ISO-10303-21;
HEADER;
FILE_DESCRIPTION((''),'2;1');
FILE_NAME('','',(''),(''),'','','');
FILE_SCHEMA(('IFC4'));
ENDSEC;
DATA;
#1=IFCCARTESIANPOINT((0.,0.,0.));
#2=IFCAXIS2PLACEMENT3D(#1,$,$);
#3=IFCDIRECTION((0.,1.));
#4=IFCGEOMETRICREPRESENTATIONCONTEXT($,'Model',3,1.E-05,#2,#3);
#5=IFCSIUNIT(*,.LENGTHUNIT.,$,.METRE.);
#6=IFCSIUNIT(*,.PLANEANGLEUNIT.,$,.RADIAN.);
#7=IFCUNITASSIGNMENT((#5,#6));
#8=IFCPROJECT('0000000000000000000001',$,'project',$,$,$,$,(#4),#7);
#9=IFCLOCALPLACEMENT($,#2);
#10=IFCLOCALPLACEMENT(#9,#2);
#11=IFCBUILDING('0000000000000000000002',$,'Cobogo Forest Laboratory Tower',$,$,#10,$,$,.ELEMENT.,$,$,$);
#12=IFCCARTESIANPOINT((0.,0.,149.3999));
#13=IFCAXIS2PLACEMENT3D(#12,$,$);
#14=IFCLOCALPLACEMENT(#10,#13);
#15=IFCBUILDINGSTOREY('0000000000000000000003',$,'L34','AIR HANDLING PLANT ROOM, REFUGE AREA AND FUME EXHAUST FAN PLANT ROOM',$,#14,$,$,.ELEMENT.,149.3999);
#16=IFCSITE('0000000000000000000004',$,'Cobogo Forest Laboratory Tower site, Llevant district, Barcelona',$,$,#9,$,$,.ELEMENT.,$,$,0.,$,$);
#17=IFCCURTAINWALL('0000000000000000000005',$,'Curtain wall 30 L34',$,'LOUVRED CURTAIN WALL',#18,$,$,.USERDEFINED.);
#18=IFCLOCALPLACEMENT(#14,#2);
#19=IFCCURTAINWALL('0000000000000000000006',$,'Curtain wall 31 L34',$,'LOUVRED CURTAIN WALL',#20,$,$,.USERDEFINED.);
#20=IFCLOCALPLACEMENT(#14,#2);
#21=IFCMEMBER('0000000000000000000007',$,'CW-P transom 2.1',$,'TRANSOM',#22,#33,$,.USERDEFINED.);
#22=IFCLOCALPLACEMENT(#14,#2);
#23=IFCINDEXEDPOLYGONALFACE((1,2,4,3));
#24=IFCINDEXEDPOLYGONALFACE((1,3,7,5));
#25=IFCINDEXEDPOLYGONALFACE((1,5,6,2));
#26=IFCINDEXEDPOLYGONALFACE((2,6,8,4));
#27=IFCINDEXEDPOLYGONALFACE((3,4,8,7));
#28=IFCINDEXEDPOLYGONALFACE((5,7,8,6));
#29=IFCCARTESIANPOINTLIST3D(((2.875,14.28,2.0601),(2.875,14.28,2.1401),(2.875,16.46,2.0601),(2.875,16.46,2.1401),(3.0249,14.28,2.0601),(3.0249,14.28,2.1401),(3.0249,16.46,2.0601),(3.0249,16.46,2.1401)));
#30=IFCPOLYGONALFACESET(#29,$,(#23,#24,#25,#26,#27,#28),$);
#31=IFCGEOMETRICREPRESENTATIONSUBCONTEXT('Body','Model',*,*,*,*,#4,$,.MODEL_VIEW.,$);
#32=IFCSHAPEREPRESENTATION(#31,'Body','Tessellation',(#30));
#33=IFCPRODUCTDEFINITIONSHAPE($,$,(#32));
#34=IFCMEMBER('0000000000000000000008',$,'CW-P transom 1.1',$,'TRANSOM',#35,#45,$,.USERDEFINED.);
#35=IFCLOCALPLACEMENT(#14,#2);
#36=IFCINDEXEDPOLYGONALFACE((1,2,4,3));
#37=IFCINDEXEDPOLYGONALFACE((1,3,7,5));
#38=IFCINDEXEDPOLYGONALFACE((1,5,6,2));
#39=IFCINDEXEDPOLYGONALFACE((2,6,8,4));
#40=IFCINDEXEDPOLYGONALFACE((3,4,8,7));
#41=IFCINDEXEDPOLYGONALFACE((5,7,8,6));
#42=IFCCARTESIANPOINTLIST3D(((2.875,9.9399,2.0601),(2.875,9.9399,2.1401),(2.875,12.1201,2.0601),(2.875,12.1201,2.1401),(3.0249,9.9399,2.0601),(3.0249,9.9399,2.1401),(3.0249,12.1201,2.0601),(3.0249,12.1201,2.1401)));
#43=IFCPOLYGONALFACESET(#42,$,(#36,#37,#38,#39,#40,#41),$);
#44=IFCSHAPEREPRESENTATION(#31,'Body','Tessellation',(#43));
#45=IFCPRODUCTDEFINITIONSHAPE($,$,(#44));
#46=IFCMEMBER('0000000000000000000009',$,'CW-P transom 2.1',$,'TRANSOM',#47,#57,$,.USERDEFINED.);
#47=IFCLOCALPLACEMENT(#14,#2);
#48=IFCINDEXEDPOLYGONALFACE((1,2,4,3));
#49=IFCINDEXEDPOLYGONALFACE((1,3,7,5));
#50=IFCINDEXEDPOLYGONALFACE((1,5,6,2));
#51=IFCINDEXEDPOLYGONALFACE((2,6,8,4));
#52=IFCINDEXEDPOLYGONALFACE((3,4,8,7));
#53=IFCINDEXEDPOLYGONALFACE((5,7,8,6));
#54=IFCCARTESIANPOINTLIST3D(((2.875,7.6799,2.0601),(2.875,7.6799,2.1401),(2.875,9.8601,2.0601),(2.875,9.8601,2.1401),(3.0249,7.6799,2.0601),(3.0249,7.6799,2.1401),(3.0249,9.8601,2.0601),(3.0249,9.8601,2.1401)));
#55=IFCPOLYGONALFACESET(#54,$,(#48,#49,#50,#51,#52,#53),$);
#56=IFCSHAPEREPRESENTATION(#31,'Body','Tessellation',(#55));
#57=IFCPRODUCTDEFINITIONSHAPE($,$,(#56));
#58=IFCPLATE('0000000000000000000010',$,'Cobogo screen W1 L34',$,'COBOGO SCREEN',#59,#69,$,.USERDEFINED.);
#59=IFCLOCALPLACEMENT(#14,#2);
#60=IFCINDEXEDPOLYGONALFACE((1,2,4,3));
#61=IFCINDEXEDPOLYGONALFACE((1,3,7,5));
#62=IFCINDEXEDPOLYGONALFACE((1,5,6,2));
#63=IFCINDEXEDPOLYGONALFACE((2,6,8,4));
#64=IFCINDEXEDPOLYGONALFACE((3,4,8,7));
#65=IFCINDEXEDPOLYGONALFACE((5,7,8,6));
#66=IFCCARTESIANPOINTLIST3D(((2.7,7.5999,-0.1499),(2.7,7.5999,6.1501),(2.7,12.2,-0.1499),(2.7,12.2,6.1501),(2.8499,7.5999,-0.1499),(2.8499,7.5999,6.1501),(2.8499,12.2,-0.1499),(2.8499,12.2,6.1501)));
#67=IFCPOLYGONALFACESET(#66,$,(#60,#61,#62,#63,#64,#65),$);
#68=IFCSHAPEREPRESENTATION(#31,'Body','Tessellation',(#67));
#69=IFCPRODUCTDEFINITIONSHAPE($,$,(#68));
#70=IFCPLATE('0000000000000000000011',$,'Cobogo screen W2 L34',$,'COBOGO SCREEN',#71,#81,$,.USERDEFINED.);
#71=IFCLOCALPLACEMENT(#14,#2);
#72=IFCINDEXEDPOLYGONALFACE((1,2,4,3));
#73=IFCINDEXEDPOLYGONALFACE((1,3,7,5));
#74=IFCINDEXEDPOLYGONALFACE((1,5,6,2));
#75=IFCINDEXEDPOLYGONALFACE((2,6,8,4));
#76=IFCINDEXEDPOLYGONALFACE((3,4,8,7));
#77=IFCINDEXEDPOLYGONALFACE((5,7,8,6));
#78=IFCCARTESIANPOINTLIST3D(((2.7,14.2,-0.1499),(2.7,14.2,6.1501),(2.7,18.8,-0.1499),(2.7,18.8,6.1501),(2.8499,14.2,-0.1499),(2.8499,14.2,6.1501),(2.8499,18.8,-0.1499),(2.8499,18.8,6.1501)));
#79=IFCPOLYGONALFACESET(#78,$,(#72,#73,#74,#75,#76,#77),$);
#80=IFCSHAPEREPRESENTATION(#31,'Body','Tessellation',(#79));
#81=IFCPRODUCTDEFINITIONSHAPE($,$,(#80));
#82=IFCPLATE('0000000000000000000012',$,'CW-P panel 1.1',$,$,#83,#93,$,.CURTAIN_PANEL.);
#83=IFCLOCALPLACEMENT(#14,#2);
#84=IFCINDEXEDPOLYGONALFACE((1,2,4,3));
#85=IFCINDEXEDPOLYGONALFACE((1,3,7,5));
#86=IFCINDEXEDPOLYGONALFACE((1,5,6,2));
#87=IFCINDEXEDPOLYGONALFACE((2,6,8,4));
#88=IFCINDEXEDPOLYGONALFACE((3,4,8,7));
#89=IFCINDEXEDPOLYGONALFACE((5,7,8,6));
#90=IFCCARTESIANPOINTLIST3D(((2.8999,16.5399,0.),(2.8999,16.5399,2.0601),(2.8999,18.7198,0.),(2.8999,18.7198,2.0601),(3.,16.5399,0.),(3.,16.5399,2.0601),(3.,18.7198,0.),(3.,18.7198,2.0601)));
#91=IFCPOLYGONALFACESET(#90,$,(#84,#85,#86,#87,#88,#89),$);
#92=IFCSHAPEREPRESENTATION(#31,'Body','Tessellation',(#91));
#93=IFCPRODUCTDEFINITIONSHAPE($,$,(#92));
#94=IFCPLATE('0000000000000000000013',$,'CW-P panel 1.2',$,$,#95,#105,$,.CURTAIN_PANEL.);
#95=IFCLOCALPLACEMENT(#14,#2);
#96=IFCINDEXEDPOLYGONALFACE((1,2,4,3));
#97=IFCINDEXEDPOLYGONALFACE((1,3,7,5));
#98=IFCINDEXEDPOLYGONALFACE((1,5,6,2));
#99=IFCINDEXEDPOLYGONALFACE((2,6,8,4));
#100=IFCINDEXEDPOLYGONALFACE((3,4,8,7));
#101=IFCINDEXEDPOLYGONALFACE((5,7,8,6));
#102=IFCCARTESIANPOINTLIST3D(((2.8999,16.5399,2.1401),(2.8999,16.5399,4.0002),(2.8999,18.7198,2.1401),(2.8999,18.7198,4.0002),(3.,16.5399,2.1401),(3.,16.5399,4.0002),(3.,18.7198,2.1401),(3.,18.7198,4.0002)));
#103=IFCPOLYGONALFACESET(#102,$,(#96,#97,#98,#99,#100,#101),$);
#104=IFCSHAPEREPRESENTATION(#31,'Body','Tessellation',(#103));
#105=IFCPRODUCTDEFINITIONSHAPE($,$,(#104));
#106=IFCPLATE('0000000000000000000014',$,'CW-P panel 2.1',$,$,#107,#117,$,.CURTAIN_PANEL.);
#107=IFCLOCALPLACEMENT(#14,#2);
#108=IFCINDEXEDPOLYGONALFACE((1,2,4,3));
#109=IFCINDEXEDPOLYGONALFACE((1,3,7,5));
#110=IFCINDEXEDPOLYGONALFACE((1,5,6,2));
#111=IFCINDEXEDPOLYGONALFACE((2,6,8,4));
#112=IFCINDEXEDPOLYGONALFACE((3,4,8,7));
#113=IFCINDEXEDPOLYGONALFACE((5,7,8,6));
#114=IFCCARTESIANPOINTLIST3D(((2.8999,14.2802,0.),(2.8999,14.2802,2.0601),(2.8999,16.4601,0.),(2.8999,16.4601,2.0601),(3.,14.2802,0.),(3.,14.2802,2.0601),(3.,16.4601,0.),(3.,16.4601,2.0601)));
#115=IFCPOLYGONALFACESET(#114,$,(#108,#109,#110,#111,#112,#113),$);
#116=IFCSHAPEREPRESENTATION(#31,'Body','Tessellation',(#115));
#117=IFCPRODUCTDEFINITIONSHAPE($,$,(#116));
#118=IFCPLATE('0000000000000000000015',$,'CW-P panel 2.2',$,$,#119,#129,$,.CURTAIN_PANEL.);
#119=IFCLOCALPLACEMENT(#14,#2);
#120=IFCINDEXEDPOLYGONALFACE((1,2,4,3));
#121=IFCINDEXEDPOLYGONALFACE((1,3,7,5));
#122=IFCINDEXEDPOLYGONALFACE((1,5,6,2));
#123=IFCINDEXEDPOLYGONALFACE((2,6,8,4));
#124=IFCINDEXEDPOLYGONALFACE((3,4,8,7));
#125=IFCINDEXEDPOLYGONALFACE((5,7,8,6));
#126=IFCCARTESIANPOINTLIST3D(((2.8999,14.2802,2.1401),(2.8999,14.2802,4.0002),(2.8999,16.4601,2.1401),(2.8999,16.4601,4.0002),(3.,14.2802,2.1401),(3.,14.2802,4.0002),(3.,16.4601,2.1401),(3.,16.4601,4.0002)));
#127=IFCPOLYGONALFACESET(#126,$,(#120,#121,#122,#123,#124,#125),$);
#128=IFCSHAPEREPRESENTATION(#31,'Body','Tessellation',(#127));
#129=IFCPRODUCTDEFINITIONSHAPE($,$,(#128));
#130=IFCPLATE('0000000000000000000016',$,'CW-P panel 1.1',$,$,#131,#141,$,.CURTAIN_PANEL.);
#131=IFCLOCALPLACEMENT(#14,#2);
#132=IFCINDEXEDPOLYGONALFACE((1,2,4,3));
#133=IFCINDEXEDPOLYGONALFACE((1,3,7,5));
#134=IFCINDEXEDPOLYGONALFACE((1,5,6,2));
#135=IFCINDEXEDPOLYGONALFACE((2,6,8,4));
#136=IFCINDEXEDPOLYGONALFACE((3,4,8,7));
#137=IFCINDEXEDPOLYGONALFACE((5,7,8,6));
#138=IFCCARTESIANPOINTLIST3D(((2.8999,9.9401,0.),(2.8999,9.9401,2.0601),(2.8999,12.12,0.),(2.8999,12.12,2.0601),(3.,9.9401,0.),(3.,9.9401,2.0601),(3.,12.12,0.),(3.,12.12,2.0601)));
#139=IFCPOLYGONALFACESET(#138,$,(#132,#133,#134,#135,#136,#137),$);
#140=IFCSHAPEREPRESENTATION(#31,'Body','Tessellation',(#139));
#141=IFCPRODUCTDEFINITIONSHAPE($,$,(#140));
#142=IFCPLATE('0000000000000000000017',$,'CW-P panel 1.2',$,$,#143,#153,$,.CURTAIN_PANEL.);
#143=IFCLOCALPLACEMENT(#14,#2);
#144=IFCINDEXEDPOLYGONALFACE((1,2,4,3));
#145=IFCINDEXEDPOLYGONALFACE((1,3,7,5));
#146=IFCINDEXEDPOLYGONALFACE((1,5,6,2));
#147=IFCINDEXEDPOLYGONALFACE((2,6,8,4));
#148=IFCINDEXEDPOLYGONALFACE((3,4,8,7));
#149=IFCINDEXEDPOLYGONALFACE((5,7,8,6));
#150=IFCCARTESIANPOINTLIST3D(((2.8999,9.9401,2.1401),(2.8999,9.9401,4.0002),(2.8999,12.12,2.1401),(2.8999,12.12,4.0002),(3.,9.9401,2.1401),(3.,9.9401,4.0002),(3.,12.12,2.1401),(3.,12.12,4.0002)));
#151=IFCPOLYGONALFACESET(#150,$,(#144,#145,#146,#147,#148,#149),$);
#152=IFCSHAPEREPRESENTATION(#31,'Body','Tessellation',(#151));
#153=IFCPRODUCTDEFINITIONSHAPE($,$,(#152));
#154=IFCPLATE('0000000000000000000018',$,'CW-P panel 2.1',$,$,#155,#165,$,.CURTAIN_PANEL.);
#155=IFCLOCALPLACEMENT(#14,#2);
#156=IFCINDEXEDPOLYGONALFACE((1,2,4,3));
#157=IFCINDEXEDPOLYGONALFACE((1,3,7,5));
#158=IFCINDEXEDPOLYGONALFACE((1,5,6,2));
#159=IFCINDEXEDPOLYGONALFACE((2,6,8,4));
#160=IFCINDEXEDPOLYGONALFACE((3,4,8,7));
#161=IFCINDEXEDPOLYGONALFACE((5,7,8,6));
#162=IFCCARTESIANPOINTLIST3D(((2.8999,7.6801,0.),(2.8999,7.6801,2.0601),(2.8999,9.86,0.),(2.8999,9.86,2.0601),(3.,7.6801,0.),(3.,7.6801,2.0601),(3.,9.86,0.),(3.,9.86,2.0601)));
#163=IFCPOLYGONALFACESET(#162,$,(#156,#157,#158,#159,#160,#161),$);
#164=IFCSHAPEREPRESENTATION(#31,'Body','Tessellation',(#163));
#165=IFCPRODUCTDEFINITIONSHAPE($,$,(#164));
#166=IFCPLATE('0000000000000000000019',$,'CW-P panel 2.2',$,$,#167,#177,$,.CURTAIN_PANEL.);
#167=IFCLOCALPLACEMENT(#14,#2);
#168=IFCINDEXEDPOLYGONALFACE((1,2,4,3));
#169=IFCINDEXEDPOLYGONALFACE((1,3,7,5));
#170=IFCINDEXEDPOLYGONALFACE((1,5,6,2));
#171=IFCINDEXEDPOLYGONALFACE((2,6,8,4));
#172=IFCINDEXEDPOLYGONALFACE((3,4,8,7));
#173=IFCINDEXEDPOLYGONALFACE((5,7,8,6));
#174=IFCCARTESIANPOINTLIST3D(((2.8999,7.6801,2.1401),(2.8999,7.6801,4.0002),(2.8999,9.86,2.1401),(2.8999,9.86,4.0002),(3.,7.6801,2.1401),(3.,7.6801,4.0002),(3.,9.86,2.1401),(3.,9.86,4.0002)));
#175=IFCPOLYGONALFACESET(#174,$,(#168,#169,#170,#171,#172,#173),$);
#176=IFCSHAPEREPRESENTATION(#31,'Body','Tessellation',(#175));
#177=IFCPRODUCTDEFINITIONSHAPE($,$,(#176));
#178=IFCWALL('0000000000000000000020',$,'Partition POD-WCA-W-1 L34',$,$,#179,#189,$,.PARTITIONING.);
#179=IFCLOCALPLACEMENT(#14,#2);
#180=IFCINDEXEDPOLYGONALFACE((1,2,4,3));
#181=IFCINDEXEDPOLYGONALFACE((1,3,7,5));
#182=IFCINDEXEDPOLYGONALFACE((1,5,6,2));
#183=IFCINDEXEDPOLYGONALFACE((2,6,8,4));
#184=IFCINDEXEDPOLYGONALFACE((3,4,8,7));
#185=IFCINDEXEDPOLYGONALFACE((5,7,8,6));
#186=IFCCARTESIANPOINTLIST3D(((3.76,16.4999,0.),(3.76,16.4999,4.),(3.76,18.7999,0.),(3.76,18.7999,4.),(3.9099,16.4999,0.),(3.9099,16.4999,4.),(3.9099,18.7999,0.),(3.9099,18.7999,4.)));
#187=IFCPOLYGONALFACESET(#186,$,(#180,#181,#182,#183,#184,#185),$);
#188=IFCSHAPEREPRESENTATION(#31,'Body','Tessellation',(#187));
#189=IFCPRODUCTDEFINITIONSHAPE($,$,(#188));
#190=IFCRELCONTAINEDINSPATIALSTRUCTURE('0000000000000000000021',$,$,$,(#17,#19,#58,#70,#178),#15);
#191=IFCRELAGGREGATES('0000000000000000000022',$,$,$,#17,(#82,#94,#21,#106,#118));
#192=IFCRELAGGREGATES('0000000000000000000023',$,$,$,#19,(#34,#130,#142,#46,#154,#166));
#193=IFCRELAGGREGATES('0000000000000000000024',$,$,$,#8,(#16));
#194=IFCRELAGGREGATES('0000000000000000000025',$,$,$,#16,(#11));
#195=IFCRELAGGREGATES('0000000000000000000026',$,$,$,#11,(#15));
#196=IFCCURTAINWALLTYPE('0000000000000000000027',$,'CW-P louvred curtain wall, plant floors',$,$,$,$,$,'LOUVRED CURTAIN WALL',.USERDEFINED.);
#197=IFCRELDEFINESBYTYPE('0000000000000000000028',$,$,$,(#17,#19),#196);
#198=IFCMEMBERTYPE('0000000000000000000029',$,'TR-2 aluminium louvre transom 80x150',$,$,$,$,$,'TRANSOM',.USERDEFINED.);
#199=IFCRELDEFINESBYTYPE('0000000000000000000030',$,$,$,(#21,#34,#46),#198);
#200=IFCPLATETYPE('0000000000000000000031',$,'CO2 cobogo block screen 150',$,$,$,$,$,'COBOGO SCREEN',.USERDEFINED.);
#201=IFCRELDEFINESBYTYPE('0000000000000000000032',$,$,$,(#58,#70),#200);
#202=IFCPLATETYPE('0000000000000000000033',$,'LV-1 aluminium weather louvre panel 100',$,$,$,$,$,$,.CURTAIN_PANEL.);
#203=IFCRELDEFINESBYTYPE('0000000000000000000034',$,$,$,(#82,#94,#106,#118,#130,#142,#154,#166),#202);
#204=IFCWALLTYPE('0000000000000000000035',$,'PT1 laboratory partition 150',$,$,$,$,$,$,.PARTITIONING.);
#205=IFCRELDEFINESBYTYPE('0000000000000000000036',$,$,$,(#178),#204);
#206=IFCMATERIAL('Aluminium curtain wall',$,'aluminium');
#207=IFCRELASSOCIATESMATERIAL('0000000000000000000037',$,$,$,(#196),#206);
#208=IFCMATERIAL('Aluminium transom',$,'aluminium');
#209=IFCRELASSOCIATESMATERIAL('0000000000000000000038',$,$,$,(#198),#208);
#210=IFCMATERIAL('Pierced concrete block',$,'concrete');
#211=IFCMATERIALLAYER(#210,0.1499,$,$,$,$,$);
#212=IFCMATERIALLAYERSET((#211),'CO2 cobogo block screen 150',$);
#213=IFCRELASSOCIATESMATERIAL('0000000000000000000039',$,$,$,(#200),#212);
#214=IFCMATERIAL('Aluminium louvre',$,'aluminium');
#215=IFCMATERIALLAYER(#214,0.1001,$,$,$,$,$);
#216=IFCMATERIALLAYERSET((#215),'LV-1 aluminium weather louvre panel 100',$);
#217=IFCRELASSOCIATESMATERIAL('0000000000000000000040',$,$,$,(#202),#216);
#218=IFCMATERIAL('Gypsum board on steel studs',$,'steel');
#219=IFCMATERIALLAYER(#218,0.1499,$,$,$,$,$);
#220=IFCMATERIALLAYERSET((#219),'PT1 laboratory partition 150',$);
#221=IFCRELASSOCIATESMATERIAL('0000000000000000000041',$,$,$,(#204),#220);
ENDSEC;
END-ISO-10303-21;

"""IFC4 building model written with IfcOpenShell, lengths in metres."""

from ifc_helpers import new_model, si_unit, direction, frame, frame_2d, origin, origin_2d, place, context, subcontext, project, spatial, rectangle, extrude, material, layer, layer_set, material_profile, profile_set, type_object, element, aggregate, save


model = new_model("IFC4")

# Units and contexts
model_context = context("Model", 3, precision=1e-05, world=origin(), true_north=direction((0.0, 1.0)))
body_context = subcontext(model_context, "Body", "Model", "MODEL_VIEW")
ifc_project = project(units=[si_unit("LENGTHUNIT", "METRE"), si_unit("PLANEANGLEUNIT", "RADIAN")], contexts=[model_context])

# Site, building, storey
site_placement = place(None, origin())
site = spatial("IfcSite", under=ifc_project, at=site_placement, Name="Cobogo Forest Laboratory Tower site, Llevant district, Barcelona", CompositionType="ELEMENT", RefElevation=0.0)
building_placement = place(site_placement, origin())
building = spatial("IfcBuilding", under=site, at=building_placement, Name="Cobogo Forest Laboratory Tower", CompositionType="ELEMENT")
storey_placement = place(building_placement, frame((0.0, 0.0, 149.3999)))
storey = spatial("IfcBuildingStorey", under=building, at=storey_placement, Name="L34", Description="AIR HANDLING PLANT ROOM, REFUGE AREA AND FUME EXHAUST FAN PLANT ROOM", CompositionType="ELEMENT", Elevation=149.3999)

# Curtain walls
ifc_material_1 = material(Name="Aluminium curtain wall", Category="aluminium")
curtain_wall_type = type_object("IfcCurtainWallType", Name="CW-P louvred curtain wall, plant floors", ElementType="LOUVRED CURTAIN WALL", PredefinedType="USERDEFINED", material=ifc_material_1)
curtain_wall_1_placement = place(storey_placement, origin())
curtain_wall_1 = element("IfcCurtainWall", 1, at=curtain_wall_1_placement, inside=storey, type_object=curtain_wall_type, Name="Curtain wall 30 L34", ObjectType="LOUVRED CURTAIN WALL", PredefinedType="USERDEFINED")
curtain_wall_2_placement = place(storey_placement, origin())
curtain_wall_2 = element("IfcCurtainWall", 2, at=curtain_wall_2_placement, inside=storey, type_object=curtain_wall_type, Name="Curtain wall 31 L34", ObjectType="LOUVRED CURTAIN WALL", PredefinedType="USERDEFINED")

# Members
ifc_material_2 = material(Name="Aluminium transom", Category="aluminium")
ifc_material_profile_1 = material_profile(ifc_material_2, rectangle(XDim=0.1499, YDim=0.0801, at=origin_2d()), Name="AL 80x150")
ifc_profile_set_1 = profile_set([ifc_material_profile_1], Name="Aluminium transom")
member_type_1 = type_object("IfcMemberType", Name="TR-2 aluminium louvre transom 80x150", ElementType="TRANSOM", PredefinedType="USERDEFINED", material=ifc_profile_set_1)
member_1_placement = place(storey_placement, frame((2.95, 16.46, 2.1001), z_axis=(0.0, -1.0, 0.0), x_axis=(1.0, 0.0, 0.0)))
member_1 = element("IfcMember", 3, at=member_1_placement, type_object=member_type_1, Name="CW-P transom 2.1", ObjectType="TRANSOM", PredefinedType="USERDEFINED", context=body_context, shape_type="SweptSolid", body=[
    extrude(rectangle(XDim=0.1499, YDim=0.0801, at=origin_2d()), origin(), (0.0, 0.0, 1.0), 2.1799),
])
member_2_placement = place(storey_placement, frame((2.95, 12.1201, 2.1001), z_axis=(0.0, -1.0, 0.0), x_axis=(1.0, 0.0, 0.0)))
member_2 = element("IfcMember", 4, at=member_2_placement, type_object=member_type_1, Name="CW-P transom 1.1", ObjectType="TRANSOM", PredefinedType="USERDEFINED", context=body_context, shape_type="SweptSolid", body=[
    extrude(rectangle(XDim=0.1499, YDim=0.0801, at=origin_2d()), origin(), (0.0, 0.0, 1.0), 2.1802),
])
member_3_placement = place(storey_placement, frame((2.95, 9.8601, 2.1001), z_axis=(0.0, -1.0, 0.0), x_axis=(1.0, 0.0, 0.0)))
member_3 = element("IfcMember", 5, at=member_3_placement, type_object=member_type_1, Name="CW-P transom 2.1", ObjectType="TRANSOM", PredefinedType="USERDEFINED", context=body_context, shape_type="SweptSolid", body=[
    extrude(rectangle(XDim=0.1499, YDim=0.0801, at=origin_2d()), origin(), (0.0, 0.0, 1.0), 2.1802),
])

# Plates
ifc_material_3 = material(Name="Pierced concrete block", Category="concrete")
ifc_layer_1 = layer(ifc_material_3, 0.1499)
ifc_layer_set_1 = layer_set([ifc_layer_1], Name="CO2 cobogo block screen 150")
plate_type_1 = type_object("IfcPlateType", Name="CO2 cobogo block screen 150", ElementType="COBOGO SCREEN", PredefinedType="USERDEFINED", material=ifc_layer_set_1)
for number, where, z_axis, x_axis, name in (
    (6, (2.7749, 9.8999, -0.1499), (0.0, 0.0, 1.0), (0.0, 1.0, 0.0), "Cobogo screen W1 L34"),
    (7, (2.7749, 16.5, -0.1499), (0.0, 0.0, 1.0), (0.0, 1.0, 0.0), "Cobogo screen W2 L34"),
):
    element("IfcPlate", number, at=place(storey_placement, frame(where, z_axis=z_axis, x_axis=x_axis)), inside=storey, type_object=plate_type_1, Name=name, ObjectType="COBOGO SCREEN", PredefinedType="USERDEFINED", context=body_context, shape_type="SweptSolid", body=[
        extrude(rectangle(XDim=4.6001, YDim=0.1499, at=origin_2d()), origin(), (0.0, 0.0, 1.0), 6.3),
    ])

# Plates
ifc_material_4 = material(Name="Aluminium louvre", Category="aluminium")
ifc_layer_2 = layer(ifc_material_4, 0.1001)
ifc_layer_set_2 = layer_set([ifc_layer_2], Name="LV-1 aluminium weather louvre panel 100")
plate_type_2 = type_object("IfcPlateType", Name="LV-1 aluminium weather louvre panel 100", PredefinedType="CURTAIN_PANEL", material=ifc_layer_set_2)
plate_1_placement = place(storey_placement, frame((2.95, 17.6299, 0.0), z_axis=(0.0, 0.0, 1.0), x_axis=(0.0, -1.0, 0.0)))
plate_1 = element("IfcPlate", 8, at=plate_1_placement, type_object=plate_type_2, Name="CW-P panel 1.1", PredefinedType="CURTAIN_PANEL", context=body_context, shape_type="SweptSolid", body=[
    extrude(rectangle(XDim=2.1799, YDim=0.1001, at=origin_2d()), origin(), (0.0, 0.0, 1.0), 2.0601),
])
plate_2_placement = place(storey_placement, frame((2.95, 17.6299, 2.1401), z_axis=(0.0, 0.0, 1.0), x_axis=(0.0, -1.0, 0.0)))
plate_2 = element("IfcPlate", 9, at=plate_2_placement, type_object=plate_type_2, Name="CW-P panel 1.2", PredefinedType="CURTAIN_PANEL", context=body_context, shape_type="SweptSolid", body=[
    extrude(rectangle(XDim=2.1799, YDim=0.1001, at=origin_2d()), origin(), (0.0, 0.0, 1.0), 1.8601),
])
plate_3_placement = place(storey_placement, frame((2.95, 15.3701, 0.0), z_axis=(0.0, 0.0, 1.0), x_axis=(0.0, -1.0, 0.0)))
plate_3 = element("IfcPlate", 10, at=plate_3_placement, type_object=plate_type_2, Name="CW-P panel 2.1", PredefinedType="CURTAIN_PANEL", context=body_context, shape_type="SweptSolid", body=[
    extrude(rectangle(XDim=2.1799, YDim=0.1001, at=origin_2d()), origin(), (0.0, 0.0, 1.0), 2.0601),
])
plate_4_placement = place(storey_placement, frame((2.95, 15.3701, 2.1401), z_axis=(0.0, 0.0, 1.0), x_axis=(0.0, -1.0, 0.0)))
plate_4 = element("IfcPlate", 11, at=plate_4_placement, type_object=plate_type_2, Name="CW-P panel 2.2", PredefinedType="CURTAIN_PANEL", context=body_context, shape_type="SweptSolid", body=[
    extrude(rectangle(XDim=2.1799, YDim=0.1001, at=origin_2d()), origin(), (0.0, 0.0, 1.0), 1.8601),
])
aggregate(curtain_wall_1, [plate_1, plate_2, member_1, plate_3, plate_4])
plate_5_placement = place(storey_placement, frame((2.95, 11.03, 0.0), z_axis=(0.0, 0.0, 1.0), x_axis=(0.0, -1.0, 0.0)))
plate_5 = element("IfcPlate", 12, at=plate_5_placement, type_object=plate_type_2, Name="CW-P panel 1.1", PredefinedType="CURTAIN_PANEL", context=body_context, shape_type="SweptSolid", body=[
    extrude(rectangle(XDim=2.1799, YDim=0.1001, at=origin_2d()), origin(), (0.0, 0.0, 1.0), 2.0601),
])
plate_6_placement = place(storey_placement, frame((2.95, 11.03, 2.1401), z_axis=(0.0, 0.0, 1.0), x_axis=(0.0, -1.0, 0.0)))
plate_6 = element("IfcPlate", 13, at=plate_6_placement, type_object=plate_type_2, Name="CW-P panel 1.2", PredefinedType="CURTAIN_PANEL", context=body_context, shape_type="SweptSolid", body=[
    extrude(rectangle(XDim=2.1799, YDim=0.1001, at=origin_2d()), origin(), (0.0, 0.0, 1.0), 1.8601),
])
plate_7_placement = place(storey_placement, frame((2.95, 8.77, 0.0), z_axis=(0.0, 0.0, 1.0), x_axis=(0.0, -1.0, 0.0)))
plate_7 = element("IfcPlate", 14, at=plate_7_placement, type_object=plate_type_2, Name="CW-P panel 2.1", PredefinedType="CURTAIN_PANEL", context=body_context, shape_type="SweptSolid", body=[
    extrude(rectangle(XDim=2.1799, YDim=0.1001, at=origin_2d()), origin(), (0.0, 0.0, 1.0), 2.0601),
])
plate_8_placement = place(storey_placement, frame((2.95, 8.77, 2.1401), z_axis=(0.0, 0.0, 1.0), x_axis=(0.0, -1.0, 0.0)))
plate_8 = element("IfcPlate", 15, at=plate_8_placement, type_object=plate_type_2, Name="CW-P panel 2.2", PredefinedType="CURTAIN_PANEL", context=body_context, shape_type="SweptSolid", body=[
    extrude(rectangle(XDim=2.1799, YDim=0.1001, at=origin_2d()), origin(), (0.0, 0.0, 1.0), 1.8601),
])
aggregate(curtain_wall_2, [member_2, plate_5, plate_6, member_3, plate_7, plate_8])

# Wall
ifc_material_5 = material(Name="Gypsum board on steel studs", Category="steel")
ifc_layer_3 = layer(ifc_material_5, 0.1499)
ifc_layer_set_3 = layer_set([ifc_layer_3], Name="PT1 laboratory partition 150")
wall_type_1 = type_object("IfcWallType", Name="PT1 laboratory partition 150", PredefinedType="PARTITIONING", material=ifc_layer_set_3)
wall_1_placement = place(storey_placement, frame((3.835, 16.5, 0.0), z_axis=(0.0, 0.0, 1.0), x_axis=(0.0, 1.0, 0.0)))
element("IfcWall", 16, at=wall_1_placement, inside=storey, type_object=wall_type_1, Name="Partition POD-WCA-W-1 L34", PredefinedType="PARTITIONING", context=body_context, shape_type="SweptSolid", body=[
    extrude(rectangle(XDim=2.3, YDim=0.1499, at=frame_2d((1.1499, 0.0))), origin(), (0.0, 0.0, 1.0), 4.0),
])

save(model, "model.ifc")
